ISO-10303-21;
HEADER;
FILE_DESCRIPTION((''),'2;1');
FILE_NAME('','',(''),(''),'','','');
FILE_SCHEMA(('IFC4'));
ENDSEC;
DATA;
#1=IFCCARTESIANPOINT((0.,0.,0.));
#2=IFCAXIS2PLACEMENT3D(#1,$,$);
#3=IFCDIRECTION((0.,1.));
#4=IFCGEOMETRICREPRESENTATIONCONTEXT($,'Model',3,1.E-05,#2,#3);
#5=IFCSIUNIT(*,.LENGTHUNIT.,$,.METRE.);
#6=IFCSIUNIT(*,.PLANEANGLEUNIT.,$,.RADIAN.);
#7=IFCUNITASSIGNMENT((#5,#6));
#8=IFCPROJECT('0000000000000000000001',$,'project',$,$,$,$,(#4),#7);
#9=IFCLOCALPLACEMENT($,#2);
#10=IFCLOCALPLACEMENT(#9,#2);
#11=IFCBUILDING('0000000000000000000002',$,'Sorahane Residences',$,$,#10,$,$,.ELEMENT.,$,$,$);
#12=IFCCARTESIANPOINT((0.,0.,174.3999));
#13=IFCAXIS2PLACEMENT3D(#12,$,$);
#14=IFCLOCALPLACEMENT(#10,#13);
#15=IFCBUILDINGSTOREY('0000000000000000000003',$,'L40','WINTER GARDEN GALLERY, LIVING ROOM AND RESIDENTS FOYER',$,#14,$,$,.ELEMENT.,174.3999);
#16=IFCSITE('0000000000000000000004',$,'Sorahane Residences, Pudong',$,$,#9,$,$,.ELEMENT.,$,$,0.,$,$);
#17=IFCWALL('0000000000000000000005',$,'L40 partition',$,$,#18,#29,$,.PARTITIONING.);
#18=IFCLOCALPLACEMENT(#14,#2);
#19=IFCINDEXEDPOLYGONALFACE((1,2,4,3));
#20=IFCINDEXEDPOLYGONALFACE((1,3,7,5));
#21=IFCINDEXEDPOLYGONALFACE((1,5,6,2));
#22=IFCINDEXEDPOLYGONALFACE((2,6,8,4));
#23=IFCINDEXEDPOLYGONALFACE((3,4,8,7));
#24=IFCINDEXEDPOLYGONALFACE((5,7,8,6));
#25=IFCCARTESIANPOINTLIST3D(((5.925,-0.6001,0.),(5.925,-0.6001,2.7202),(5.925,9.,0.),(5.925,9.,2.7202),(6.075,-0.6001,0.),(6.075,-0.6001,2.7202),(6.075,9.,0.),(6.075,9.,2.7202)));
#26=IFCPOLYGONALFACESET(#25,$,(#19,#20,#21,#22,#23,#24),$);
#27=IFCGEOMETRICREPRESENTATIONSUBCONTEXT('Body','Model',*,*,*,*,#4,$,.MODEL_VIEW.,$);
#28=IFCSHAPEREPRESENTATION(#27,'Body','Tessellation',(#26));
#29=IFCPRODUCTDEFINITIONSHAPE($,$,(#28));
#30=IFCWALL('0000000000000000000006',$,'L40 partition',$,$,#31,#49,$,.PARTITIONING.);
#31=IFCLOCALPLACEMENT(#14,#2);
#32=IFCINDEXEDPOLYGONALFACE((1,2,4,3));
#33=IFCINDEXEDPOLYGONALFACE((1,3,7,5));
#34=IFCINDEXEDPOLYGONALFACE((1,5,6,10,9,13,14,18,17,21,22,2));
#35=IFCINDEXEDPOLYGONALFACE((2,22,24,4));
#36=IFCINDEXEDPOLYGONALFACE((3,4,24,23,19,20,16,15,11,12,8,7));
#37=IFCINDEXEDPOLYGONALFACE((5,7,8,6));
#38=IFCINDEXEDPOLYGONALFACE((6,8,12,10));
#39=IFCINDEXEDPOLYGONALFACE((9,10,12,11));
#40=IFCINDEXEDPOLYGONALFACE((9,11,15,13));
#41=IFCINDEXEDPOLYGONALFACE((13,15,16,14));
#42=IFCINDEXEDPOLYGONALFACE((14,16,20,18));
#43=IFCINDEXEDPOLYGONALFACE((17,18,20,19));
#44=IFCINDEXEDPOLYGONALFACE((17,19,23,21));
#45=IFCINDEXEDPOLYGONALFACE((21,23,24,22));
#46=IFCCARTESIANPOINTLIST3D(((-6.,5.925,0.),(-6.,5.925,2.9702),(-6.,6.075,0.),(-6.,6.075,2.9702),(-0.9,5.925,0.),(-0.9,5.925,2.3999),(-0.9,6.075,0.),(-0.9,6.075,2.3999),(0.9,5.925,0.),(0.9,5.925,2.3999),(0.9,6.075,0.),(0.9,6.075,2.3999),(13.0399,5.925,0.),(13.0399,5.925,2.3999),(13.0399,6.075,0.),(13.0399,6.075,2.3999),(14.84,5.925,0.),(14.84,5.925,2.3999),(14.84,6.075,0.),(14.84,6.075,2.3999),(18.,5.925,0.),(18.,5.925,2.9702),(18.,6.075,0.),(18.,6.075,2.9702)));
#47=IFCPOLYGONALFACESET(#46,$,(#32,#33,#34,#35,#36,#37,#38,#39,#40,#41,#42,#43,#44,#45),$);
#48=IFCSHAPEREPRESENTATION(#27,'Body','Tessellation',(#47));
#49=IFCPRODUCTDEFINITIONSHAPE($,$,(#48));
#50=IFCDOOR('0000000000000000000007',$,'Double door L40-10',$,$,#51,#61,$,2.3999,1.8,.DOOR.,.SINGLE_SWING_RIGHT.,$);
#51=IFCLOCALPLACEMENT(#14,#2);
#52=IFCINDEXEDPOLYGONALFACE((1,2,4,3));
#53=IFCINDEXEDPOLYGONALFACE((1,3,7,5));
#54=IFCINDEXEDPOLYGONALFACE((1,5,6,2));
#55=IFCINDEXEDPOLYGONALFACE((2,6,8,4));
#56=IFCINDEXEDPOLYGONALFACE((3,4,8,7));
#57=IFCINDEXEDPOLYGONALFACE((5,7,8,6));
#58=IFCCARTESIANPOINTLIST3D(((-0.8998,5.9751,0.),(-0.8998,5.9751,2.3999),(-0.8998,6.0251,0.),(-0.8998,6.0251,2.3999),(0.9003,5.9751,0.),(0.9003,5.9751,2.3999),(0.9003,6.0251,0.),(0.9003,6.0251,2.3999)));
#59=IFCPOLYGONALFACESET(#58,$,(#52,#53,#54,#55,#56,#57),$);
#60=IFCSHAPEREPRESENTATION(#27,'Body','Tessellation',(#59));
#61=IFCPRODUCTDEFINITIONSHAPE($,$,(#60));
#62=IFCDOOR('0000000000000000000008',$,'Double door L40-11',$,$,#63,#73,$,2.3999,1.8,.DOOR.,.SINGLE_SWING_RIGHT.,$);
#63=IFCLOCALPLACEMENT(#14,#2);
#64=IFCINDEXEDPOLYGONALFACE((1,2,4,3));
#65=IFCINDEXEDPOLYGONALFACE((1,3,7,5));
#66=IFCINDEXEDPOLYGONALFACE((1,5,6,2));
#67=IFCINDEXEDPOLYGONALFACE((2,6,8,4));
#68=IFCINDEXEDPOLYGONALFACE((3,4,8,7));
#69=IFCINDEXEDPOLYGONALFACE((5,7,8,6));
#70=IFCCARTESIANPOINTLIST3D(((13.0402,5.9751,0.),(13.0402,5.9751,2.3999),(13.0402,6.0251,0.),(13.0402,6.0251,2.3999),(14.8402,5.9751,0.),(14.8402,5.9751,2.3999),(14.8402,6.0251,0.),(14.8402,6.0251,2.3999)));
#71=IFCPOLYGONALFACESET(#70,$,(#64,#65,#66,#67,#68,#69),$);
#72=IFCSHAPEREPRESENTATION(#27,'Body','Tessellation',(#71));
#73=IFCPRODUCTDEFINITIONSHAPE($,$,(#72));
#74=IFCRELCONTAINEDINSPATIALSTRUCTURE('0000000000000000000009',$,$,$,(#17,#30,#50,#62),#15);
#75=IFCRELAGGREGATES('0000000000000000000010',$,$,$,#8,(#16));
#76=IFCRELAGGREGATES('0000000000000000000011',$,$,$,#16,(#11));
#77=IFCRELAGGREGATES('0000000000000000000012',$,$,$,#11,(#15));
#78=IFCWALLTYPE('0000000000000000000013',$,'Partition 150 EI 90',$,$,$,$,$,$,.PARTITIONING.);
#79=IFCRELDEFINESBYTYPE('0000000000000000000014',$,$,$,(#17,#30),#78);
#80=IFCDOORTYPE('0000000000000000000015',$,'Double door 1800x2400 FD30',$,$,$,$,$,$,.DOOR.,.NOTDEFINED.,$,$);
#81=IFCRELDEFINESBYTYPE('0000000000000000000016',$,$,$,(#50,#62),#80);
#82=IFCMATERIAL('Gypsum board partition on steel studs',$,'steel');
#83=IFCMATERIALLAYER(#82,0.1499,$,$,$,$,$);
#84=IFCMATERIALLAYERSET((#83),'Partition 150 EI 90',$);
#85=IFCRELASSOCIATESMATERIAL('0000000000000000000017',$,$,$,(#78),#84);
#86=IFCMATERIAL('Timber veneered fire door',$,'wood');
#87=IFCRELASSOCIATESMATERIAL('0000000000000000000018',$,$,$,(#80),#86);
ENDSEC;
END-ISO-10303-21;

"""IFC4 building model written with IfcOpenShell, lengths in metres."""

from ifc_helpers import new_model, si_unit, direction, frame, frame_2d, origin, place, context, subcontext, project, spatial, rectangle, extrude, material, layer, layer_set, type_object, element, fill, save


model = new_model("IFC4")

# Units and contexts
model_context = context("Model", 3, precision=1e-05, world=origin(), true_north=direction((0.0, 1.0)))
body_context = subcontext(model_context, "Body", "Model", "MODEL_VIEW")
ifc_project = project(units=[si_unit("LENGTHUNIT", "METRE"), si_unit("PLANEANGLEUNIT", "RADIAN")], contexts=[model_context])

# Site, building, storey
site_placement = place(None, origin())
site = spatial("IfcSite", under=ifc_project, at=site_placement, Name="Sorahane Residences, Pudong", CompositionType="ELEMENT", RefElevation=0.0)
building_placement = place(site_placement, origin())
building = spatial("IfcBuilding", under=site, at=building_placement, Name="Sorahane Residences", CompositionType="ELEMENT")
storey_placement = place(building_placement, frame((0.0, 0.0, 174.3999)))
storey = spatial("IfcBuildingStorey", under=building, at=storey_placement, Name="L40", Description="WINTER GARDEN GALLERY, LIVING ROOM AND RESIDENTS FOYER", CompositionType="ELEMENT", Elevation=174.3999)

# Wall
ifc_material_1 = material(Name="Gypsum board partition on steel studs", Category="steel")
ifc_layer_1 = layer(ifc_material_1, 0.1499)
ifc_layer_set_1 = layer_set([ifc_layer_1], Name="Partition 150 EI 90")
wall_type = type_object("IfcWallType", Name="Partition 150 EI 90", PredefinedType="PARTITIONING", material=ifc_layer_set_1)
wall_1_placement = place(storey_placement, frame((6.0, -0.6001, 0.0), z_axis=(0.0, 0.0, 1.0), x_axis=(0.0, 1.0, 0.0)))
element("IfcWall", 1, at=wall_1_placement, inside=storey, type_object=wall_type, Name="L40 partition", PredefinedType="PARTITIONING", context=body_context, shape_type="SweptSolid", body=[
    extrude(rectangle(XDim=9.6001, YDim=0.1499, at=frame_2d((4.8, 0.0))), origin(), (0.0, 0.0, 1.0), 2.7202),
])

# Wall, openings, doors
wall_2_placement = place(storey_placement, frame((-6.0, 6.0, 0.0), z_axis=(0.0, 0.0, 1.0), x_axis=(1.0, 0.0, 0.0)))
wall_2 = element("IfcWall", 2, at=wall_2_placement, inside=storey, type_object=wall_type, Name="L40 partition", PredefinedType="PARTITIONING", context=body_context, shape_type="SweptSolid", body=[
    extrude(rectangle(XDim=24.0, YDim=0.1499, at=frame_2d((12.0, 0.0))), origin(), (0.0, 0.0, 1.0), 2.9702),
])
opening_1_placement = place(wall_2_placement, frame((5.1001, 0.0, 0.0)))
opening_1 = element("IfcOpeningElement", 3, at=opening_1_placement, cuts=wall_2, PredefinedType="OPENING", context=body_context, shape_type="SweptSolid", body=[
    extrude(rectangle(XDim=1.8, YDim=2.3999, at=frame_2d((0.8999, 1.2))), frame((0.0, 0.085, 0.0), z_axis=(0.0, -1.0, 0.0), x_axis=(1.0, 0.0, 0.0)), (0.0, 0.0, 1.0), 0.1699),
])
opening_2_placement = place(wall_2_placement, frame((19.04, 0.0, 0.0)))
opening_2 = element("IfcOpeningElement", 4, at=opening_2_placement, cuts=wall_2, PredefinedType="OPENING", context=body_context, shape_type="SweptSolid", body=[
    extrude(rectangle(XDim=1.8, YDim=2.3999, at=frame_2d((0.8999, 1.2))), frame((0.0, 0.085, 0.0), z_axis=(0.0, -1.0, 0.0), x_axis=(1.0, 0.0, 0.0)), (0.0, 0.0, 1.0), 0.1699),
])
ifc_material_2 = material(Name="Timber veneered fire door", Category="wood")
door_type = type_object("IfcDoorType", Name="Double door 1800x2400 FD30", OperationType="NOTDEFINED", PredefinedType="DOOR", material=ifc_material_2)
door_1_placement = place(opening_1_placement, frame((1.8, 0.0, 0.0), z_axis=(0.0, 0.0, 1.0), x_axis=(-1.0, 0.0, 0.0)))
door_1 = element("IfcDoor", 5, at=door_1_placement, inside=storey, type_object=door_type, Name="Double door L40-10", OperationType="SINGLE_SWING_RIGHT", OverallHeight=2.3999, OverallWidth=1.8, PredefinedType="DOOR", context=body_context, shape_type="SweptSolid", body=[
    extrude(rectangle(XDim=1.8, YDim=2.3999, at=frame_2d((0.8999, 1.2))), frame((0.0, 0.0249, 0.0), z_axis=(0.0, -1.0, 0.0), x_axis=(1.0, 0.0, 0.0)), (0.0, 0.0, 1.0), 0.05),
])
fill(opening_1, door_1)
door_2_placement = place(opening_2_placement, frame((1.8, 0.0, 0.0), z_axis=(0.0, 0.0, 1.0), x_axis=(-1.0, 0.0, 0.0)))
door_2 = element("IfcDoor", 6, at=door_2_placement, inside=storey, type_object=door_type, Name="Double door L40-11", OperationType="SINGLE_SWING_RIGHT", OverallHeight=2.3999, OverallWidth=1.8, PredefinedType="DOOR", context=body_context, shape_type="SweptSolid", body=[
    extrude(rectangle(XDim=1.8, YDim=2.3999, at=frame_2d((0.8999, 1.2))), frame((0.0, 0.0249, 0.0), z_axis=(0.0, -1.0, 0.0), x_axis=(1.0, 0.0, 0.0)), (0.0, 0.0, 1.0), 0.05),
])
fill(opening_2, door_2)

save(model, "model.ifc")
